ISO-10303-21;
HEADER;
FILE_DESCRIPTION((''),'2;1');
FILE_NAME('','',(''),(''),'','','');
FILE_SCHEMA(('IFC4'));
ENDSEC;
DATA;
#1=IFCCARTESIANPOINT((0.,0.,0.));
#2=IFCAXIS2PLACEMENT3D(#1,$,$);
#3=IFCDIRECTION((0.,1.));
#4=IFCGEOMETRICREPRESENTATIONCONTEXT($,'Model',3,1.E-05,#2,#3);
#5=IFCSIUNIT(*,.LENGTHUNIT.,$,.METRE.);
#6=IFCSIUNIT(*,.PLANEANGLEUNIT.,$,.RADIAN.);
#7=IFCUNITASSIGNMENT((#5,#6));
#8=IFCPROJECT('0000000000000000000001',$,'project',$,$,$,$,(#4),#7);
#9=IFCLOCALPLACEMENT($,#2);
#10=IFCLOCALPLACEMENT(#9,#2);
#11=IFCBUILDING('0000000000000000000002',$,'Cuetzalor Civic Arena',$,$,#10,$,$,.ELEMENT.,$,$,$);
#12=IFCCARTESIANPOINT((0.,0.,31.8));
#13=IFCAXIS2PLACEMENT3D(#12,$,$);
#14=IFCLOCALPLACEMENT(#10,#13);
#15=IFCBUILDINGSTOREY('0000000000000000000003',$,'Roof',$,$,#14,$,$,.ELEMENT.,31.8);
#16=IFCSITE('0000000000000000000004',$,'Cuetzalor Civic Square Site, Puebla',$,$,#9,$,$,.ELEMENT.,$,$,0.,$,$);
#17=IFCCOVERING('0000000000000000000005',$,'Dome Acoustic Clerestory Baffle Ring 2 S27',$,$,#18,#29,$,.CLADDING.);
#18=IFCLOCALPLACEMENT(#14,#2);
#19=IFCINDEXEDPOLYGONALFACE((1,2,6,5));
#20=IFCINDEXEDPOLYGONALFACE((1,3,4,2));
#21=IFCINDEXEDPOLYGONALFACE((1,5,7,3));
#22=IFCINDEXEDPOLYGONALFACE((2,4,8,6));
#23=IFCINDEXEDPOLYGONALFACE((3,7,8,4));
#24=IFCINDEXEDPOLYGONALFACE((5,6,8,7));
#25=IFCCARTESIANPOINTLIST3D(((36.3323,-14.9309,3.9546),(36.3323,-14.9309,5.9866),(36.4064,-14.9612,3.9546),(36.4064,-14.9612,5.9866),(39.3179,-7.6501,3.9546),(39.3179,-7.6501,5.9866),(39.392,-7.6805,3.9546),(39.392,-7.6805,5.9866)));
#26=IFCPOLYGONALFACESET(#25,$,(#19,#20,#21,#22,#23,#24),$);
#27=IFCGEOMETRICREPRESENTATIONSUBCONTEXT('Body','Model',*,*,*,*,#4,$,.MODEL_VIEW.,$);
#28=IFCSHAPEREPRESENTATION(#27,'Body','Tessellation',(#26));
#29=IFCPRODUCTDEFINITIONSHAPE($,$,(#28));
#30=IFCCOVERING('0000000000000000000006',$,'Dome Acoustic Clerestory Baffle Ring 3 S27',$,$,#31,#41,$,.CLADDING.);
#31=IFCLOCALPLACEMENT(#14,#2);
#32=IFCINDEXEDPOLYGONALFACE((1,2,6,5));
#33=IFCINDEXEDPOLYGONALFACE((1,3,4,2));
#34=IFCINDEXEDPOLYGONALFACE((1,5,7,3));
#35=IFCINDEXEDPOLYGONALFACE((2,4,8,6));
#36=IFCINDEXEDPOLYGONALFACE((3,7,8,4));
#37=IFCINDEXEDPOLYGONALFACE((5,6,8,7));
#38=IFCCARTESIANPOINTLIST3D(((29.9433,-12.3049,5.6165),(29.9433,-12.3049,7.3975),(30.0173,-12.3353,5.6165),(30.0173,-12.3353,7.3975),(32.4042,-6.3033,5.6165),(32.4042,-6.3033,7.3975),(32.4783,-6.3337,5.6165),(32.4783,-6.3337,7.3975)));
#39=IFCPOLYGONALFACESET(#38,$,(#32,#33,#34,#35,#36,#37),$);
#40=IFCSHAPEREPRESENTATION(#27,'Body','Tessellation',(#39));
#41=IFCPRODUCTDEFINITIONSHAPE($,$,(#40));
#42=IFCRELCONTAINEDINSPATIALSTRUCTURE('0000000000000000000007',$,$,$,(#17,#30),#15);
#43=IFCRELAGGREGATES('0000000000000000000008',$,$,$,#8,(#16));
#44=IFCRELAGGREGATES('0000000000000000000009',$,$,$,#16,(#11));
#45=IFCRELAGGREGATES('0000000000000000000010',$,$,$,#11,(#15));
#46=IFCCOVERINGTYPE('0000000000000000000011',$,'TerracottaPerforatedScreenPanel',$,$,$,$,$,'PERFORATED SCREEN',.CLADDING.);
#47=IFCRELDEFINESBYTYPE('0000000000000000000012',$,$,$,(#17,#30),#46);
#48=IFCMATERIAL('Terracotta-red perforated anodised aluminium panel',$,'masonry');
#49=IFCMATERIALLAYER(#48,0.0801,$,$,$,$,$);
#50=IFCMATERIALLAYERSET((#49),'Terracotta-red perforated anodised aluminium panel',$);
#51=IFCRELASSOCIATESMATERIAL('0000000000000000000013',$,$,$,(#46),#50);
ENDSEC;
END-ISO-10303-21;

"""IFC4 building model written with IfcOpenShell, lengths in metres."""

from ifc_helpers import new_model, si_unit, direction, frame, frame_2d, origin, place, context, subcontext, project, spatial, rectangle, extrude, material, layer, layer_set, type_object, element, save


model = new_model("IFC4")

# Units and contexts
model_context = context("Model", 3, precision=1e-05, world=origin(), true_north=direction((0.0, 1.0)))
body_context = subcontext(model_context, "Body", "Model", "MODEL_VIEW")
ifc_project = project(units=[si_unit("LENGTHUNIT", "METRE"), si_unit("PLANEANGLEUNIT", "RADIAN")], contexts=[model_context])

# Site, building, storey
site_placement = place(None, origin())
site = spatial("IfcSite", under=ifc_project, at=site_placement, Name="Cuetzalor Civic Square Site, Puebla", CompositionType="ELEMENT", RefElevation=0.0)
building_placement = place(site_placement, origin())
building = spatial("IfcBuilding", under=site, at=building_placement, Name="Cuetzalor Civic Arena", CompositionType="ELEMENT")
storey_placement = place(building_placement, frame((0.0, 0.0, 31.8)))
storey = spatial("IfcBuildingStorey", under=building, at=storey_placement, Name="Roof", CompositionType="ELEMENT", Elevation=31.8)

# Coverings
ifc_material_1 = material(Name="Terracotta-red perforated anodised aluminium panel", Category="masonry")
ifc_layer_1 = layer(ifc_material_1, 0.0801)
ifc_layer_set_1 = layer_set([ifc_layer_1], Name="Terracotta-red perforated anodised aluminium panel")
covering_type = type_object("IfcCoveringType", Name="TerracottaPerforatedScreenPanel", ElementType="PERFORATED SCREEN", PredefinedType="CLADDING", material=ifc_layer_set_1)
covering_1_placement = place(storey_placement, frame((39.355, -7.6653, 3.9546), z_axis=(0.0, 0.0, 1.0), x_axis=(-0.379406, -0.92523, 0.0)))
element("IfcCovering", 1, at=covering_1_placement, inside=storey, type_object=covering_type, Name="Dome Acoustic Clerestory Baffle Ring 2 S27", PredefinedType="CLADDING", context=body_context, shape_type="SweptSolid", body=[
    extrude(rectangle(XDim=7.8691, YDim=0.0801, at=frame_2d((3.9346, 0.0))), origin(), (0.0, 0.0, 1.0), 2.032),
])
covering_2_placement = place(storey_placement, frame((32.4412, -6.3186, 5.6165), z_axis=(0.0, 0.0, 1.0), x_axis=(-0.379385, -0.925239, 0.0)))
element("IfcCovering", 2, at=covering_2_placement, inside=storey, type_object=covering_type, Name="Dome Acoustic Clerestory Baffle Ring 3 S27", PredefinedType="CLADDING", context=body_context, shape_type="SweptSolid", body=[
    extrude(rectangle(XDim=6.4866, YDim=0.0801, at=frame_2d((3.2432, 0.0))), origin(), (0.0, 0.0, 1.0), 1.781),
])

save(model, "model.ifc")
